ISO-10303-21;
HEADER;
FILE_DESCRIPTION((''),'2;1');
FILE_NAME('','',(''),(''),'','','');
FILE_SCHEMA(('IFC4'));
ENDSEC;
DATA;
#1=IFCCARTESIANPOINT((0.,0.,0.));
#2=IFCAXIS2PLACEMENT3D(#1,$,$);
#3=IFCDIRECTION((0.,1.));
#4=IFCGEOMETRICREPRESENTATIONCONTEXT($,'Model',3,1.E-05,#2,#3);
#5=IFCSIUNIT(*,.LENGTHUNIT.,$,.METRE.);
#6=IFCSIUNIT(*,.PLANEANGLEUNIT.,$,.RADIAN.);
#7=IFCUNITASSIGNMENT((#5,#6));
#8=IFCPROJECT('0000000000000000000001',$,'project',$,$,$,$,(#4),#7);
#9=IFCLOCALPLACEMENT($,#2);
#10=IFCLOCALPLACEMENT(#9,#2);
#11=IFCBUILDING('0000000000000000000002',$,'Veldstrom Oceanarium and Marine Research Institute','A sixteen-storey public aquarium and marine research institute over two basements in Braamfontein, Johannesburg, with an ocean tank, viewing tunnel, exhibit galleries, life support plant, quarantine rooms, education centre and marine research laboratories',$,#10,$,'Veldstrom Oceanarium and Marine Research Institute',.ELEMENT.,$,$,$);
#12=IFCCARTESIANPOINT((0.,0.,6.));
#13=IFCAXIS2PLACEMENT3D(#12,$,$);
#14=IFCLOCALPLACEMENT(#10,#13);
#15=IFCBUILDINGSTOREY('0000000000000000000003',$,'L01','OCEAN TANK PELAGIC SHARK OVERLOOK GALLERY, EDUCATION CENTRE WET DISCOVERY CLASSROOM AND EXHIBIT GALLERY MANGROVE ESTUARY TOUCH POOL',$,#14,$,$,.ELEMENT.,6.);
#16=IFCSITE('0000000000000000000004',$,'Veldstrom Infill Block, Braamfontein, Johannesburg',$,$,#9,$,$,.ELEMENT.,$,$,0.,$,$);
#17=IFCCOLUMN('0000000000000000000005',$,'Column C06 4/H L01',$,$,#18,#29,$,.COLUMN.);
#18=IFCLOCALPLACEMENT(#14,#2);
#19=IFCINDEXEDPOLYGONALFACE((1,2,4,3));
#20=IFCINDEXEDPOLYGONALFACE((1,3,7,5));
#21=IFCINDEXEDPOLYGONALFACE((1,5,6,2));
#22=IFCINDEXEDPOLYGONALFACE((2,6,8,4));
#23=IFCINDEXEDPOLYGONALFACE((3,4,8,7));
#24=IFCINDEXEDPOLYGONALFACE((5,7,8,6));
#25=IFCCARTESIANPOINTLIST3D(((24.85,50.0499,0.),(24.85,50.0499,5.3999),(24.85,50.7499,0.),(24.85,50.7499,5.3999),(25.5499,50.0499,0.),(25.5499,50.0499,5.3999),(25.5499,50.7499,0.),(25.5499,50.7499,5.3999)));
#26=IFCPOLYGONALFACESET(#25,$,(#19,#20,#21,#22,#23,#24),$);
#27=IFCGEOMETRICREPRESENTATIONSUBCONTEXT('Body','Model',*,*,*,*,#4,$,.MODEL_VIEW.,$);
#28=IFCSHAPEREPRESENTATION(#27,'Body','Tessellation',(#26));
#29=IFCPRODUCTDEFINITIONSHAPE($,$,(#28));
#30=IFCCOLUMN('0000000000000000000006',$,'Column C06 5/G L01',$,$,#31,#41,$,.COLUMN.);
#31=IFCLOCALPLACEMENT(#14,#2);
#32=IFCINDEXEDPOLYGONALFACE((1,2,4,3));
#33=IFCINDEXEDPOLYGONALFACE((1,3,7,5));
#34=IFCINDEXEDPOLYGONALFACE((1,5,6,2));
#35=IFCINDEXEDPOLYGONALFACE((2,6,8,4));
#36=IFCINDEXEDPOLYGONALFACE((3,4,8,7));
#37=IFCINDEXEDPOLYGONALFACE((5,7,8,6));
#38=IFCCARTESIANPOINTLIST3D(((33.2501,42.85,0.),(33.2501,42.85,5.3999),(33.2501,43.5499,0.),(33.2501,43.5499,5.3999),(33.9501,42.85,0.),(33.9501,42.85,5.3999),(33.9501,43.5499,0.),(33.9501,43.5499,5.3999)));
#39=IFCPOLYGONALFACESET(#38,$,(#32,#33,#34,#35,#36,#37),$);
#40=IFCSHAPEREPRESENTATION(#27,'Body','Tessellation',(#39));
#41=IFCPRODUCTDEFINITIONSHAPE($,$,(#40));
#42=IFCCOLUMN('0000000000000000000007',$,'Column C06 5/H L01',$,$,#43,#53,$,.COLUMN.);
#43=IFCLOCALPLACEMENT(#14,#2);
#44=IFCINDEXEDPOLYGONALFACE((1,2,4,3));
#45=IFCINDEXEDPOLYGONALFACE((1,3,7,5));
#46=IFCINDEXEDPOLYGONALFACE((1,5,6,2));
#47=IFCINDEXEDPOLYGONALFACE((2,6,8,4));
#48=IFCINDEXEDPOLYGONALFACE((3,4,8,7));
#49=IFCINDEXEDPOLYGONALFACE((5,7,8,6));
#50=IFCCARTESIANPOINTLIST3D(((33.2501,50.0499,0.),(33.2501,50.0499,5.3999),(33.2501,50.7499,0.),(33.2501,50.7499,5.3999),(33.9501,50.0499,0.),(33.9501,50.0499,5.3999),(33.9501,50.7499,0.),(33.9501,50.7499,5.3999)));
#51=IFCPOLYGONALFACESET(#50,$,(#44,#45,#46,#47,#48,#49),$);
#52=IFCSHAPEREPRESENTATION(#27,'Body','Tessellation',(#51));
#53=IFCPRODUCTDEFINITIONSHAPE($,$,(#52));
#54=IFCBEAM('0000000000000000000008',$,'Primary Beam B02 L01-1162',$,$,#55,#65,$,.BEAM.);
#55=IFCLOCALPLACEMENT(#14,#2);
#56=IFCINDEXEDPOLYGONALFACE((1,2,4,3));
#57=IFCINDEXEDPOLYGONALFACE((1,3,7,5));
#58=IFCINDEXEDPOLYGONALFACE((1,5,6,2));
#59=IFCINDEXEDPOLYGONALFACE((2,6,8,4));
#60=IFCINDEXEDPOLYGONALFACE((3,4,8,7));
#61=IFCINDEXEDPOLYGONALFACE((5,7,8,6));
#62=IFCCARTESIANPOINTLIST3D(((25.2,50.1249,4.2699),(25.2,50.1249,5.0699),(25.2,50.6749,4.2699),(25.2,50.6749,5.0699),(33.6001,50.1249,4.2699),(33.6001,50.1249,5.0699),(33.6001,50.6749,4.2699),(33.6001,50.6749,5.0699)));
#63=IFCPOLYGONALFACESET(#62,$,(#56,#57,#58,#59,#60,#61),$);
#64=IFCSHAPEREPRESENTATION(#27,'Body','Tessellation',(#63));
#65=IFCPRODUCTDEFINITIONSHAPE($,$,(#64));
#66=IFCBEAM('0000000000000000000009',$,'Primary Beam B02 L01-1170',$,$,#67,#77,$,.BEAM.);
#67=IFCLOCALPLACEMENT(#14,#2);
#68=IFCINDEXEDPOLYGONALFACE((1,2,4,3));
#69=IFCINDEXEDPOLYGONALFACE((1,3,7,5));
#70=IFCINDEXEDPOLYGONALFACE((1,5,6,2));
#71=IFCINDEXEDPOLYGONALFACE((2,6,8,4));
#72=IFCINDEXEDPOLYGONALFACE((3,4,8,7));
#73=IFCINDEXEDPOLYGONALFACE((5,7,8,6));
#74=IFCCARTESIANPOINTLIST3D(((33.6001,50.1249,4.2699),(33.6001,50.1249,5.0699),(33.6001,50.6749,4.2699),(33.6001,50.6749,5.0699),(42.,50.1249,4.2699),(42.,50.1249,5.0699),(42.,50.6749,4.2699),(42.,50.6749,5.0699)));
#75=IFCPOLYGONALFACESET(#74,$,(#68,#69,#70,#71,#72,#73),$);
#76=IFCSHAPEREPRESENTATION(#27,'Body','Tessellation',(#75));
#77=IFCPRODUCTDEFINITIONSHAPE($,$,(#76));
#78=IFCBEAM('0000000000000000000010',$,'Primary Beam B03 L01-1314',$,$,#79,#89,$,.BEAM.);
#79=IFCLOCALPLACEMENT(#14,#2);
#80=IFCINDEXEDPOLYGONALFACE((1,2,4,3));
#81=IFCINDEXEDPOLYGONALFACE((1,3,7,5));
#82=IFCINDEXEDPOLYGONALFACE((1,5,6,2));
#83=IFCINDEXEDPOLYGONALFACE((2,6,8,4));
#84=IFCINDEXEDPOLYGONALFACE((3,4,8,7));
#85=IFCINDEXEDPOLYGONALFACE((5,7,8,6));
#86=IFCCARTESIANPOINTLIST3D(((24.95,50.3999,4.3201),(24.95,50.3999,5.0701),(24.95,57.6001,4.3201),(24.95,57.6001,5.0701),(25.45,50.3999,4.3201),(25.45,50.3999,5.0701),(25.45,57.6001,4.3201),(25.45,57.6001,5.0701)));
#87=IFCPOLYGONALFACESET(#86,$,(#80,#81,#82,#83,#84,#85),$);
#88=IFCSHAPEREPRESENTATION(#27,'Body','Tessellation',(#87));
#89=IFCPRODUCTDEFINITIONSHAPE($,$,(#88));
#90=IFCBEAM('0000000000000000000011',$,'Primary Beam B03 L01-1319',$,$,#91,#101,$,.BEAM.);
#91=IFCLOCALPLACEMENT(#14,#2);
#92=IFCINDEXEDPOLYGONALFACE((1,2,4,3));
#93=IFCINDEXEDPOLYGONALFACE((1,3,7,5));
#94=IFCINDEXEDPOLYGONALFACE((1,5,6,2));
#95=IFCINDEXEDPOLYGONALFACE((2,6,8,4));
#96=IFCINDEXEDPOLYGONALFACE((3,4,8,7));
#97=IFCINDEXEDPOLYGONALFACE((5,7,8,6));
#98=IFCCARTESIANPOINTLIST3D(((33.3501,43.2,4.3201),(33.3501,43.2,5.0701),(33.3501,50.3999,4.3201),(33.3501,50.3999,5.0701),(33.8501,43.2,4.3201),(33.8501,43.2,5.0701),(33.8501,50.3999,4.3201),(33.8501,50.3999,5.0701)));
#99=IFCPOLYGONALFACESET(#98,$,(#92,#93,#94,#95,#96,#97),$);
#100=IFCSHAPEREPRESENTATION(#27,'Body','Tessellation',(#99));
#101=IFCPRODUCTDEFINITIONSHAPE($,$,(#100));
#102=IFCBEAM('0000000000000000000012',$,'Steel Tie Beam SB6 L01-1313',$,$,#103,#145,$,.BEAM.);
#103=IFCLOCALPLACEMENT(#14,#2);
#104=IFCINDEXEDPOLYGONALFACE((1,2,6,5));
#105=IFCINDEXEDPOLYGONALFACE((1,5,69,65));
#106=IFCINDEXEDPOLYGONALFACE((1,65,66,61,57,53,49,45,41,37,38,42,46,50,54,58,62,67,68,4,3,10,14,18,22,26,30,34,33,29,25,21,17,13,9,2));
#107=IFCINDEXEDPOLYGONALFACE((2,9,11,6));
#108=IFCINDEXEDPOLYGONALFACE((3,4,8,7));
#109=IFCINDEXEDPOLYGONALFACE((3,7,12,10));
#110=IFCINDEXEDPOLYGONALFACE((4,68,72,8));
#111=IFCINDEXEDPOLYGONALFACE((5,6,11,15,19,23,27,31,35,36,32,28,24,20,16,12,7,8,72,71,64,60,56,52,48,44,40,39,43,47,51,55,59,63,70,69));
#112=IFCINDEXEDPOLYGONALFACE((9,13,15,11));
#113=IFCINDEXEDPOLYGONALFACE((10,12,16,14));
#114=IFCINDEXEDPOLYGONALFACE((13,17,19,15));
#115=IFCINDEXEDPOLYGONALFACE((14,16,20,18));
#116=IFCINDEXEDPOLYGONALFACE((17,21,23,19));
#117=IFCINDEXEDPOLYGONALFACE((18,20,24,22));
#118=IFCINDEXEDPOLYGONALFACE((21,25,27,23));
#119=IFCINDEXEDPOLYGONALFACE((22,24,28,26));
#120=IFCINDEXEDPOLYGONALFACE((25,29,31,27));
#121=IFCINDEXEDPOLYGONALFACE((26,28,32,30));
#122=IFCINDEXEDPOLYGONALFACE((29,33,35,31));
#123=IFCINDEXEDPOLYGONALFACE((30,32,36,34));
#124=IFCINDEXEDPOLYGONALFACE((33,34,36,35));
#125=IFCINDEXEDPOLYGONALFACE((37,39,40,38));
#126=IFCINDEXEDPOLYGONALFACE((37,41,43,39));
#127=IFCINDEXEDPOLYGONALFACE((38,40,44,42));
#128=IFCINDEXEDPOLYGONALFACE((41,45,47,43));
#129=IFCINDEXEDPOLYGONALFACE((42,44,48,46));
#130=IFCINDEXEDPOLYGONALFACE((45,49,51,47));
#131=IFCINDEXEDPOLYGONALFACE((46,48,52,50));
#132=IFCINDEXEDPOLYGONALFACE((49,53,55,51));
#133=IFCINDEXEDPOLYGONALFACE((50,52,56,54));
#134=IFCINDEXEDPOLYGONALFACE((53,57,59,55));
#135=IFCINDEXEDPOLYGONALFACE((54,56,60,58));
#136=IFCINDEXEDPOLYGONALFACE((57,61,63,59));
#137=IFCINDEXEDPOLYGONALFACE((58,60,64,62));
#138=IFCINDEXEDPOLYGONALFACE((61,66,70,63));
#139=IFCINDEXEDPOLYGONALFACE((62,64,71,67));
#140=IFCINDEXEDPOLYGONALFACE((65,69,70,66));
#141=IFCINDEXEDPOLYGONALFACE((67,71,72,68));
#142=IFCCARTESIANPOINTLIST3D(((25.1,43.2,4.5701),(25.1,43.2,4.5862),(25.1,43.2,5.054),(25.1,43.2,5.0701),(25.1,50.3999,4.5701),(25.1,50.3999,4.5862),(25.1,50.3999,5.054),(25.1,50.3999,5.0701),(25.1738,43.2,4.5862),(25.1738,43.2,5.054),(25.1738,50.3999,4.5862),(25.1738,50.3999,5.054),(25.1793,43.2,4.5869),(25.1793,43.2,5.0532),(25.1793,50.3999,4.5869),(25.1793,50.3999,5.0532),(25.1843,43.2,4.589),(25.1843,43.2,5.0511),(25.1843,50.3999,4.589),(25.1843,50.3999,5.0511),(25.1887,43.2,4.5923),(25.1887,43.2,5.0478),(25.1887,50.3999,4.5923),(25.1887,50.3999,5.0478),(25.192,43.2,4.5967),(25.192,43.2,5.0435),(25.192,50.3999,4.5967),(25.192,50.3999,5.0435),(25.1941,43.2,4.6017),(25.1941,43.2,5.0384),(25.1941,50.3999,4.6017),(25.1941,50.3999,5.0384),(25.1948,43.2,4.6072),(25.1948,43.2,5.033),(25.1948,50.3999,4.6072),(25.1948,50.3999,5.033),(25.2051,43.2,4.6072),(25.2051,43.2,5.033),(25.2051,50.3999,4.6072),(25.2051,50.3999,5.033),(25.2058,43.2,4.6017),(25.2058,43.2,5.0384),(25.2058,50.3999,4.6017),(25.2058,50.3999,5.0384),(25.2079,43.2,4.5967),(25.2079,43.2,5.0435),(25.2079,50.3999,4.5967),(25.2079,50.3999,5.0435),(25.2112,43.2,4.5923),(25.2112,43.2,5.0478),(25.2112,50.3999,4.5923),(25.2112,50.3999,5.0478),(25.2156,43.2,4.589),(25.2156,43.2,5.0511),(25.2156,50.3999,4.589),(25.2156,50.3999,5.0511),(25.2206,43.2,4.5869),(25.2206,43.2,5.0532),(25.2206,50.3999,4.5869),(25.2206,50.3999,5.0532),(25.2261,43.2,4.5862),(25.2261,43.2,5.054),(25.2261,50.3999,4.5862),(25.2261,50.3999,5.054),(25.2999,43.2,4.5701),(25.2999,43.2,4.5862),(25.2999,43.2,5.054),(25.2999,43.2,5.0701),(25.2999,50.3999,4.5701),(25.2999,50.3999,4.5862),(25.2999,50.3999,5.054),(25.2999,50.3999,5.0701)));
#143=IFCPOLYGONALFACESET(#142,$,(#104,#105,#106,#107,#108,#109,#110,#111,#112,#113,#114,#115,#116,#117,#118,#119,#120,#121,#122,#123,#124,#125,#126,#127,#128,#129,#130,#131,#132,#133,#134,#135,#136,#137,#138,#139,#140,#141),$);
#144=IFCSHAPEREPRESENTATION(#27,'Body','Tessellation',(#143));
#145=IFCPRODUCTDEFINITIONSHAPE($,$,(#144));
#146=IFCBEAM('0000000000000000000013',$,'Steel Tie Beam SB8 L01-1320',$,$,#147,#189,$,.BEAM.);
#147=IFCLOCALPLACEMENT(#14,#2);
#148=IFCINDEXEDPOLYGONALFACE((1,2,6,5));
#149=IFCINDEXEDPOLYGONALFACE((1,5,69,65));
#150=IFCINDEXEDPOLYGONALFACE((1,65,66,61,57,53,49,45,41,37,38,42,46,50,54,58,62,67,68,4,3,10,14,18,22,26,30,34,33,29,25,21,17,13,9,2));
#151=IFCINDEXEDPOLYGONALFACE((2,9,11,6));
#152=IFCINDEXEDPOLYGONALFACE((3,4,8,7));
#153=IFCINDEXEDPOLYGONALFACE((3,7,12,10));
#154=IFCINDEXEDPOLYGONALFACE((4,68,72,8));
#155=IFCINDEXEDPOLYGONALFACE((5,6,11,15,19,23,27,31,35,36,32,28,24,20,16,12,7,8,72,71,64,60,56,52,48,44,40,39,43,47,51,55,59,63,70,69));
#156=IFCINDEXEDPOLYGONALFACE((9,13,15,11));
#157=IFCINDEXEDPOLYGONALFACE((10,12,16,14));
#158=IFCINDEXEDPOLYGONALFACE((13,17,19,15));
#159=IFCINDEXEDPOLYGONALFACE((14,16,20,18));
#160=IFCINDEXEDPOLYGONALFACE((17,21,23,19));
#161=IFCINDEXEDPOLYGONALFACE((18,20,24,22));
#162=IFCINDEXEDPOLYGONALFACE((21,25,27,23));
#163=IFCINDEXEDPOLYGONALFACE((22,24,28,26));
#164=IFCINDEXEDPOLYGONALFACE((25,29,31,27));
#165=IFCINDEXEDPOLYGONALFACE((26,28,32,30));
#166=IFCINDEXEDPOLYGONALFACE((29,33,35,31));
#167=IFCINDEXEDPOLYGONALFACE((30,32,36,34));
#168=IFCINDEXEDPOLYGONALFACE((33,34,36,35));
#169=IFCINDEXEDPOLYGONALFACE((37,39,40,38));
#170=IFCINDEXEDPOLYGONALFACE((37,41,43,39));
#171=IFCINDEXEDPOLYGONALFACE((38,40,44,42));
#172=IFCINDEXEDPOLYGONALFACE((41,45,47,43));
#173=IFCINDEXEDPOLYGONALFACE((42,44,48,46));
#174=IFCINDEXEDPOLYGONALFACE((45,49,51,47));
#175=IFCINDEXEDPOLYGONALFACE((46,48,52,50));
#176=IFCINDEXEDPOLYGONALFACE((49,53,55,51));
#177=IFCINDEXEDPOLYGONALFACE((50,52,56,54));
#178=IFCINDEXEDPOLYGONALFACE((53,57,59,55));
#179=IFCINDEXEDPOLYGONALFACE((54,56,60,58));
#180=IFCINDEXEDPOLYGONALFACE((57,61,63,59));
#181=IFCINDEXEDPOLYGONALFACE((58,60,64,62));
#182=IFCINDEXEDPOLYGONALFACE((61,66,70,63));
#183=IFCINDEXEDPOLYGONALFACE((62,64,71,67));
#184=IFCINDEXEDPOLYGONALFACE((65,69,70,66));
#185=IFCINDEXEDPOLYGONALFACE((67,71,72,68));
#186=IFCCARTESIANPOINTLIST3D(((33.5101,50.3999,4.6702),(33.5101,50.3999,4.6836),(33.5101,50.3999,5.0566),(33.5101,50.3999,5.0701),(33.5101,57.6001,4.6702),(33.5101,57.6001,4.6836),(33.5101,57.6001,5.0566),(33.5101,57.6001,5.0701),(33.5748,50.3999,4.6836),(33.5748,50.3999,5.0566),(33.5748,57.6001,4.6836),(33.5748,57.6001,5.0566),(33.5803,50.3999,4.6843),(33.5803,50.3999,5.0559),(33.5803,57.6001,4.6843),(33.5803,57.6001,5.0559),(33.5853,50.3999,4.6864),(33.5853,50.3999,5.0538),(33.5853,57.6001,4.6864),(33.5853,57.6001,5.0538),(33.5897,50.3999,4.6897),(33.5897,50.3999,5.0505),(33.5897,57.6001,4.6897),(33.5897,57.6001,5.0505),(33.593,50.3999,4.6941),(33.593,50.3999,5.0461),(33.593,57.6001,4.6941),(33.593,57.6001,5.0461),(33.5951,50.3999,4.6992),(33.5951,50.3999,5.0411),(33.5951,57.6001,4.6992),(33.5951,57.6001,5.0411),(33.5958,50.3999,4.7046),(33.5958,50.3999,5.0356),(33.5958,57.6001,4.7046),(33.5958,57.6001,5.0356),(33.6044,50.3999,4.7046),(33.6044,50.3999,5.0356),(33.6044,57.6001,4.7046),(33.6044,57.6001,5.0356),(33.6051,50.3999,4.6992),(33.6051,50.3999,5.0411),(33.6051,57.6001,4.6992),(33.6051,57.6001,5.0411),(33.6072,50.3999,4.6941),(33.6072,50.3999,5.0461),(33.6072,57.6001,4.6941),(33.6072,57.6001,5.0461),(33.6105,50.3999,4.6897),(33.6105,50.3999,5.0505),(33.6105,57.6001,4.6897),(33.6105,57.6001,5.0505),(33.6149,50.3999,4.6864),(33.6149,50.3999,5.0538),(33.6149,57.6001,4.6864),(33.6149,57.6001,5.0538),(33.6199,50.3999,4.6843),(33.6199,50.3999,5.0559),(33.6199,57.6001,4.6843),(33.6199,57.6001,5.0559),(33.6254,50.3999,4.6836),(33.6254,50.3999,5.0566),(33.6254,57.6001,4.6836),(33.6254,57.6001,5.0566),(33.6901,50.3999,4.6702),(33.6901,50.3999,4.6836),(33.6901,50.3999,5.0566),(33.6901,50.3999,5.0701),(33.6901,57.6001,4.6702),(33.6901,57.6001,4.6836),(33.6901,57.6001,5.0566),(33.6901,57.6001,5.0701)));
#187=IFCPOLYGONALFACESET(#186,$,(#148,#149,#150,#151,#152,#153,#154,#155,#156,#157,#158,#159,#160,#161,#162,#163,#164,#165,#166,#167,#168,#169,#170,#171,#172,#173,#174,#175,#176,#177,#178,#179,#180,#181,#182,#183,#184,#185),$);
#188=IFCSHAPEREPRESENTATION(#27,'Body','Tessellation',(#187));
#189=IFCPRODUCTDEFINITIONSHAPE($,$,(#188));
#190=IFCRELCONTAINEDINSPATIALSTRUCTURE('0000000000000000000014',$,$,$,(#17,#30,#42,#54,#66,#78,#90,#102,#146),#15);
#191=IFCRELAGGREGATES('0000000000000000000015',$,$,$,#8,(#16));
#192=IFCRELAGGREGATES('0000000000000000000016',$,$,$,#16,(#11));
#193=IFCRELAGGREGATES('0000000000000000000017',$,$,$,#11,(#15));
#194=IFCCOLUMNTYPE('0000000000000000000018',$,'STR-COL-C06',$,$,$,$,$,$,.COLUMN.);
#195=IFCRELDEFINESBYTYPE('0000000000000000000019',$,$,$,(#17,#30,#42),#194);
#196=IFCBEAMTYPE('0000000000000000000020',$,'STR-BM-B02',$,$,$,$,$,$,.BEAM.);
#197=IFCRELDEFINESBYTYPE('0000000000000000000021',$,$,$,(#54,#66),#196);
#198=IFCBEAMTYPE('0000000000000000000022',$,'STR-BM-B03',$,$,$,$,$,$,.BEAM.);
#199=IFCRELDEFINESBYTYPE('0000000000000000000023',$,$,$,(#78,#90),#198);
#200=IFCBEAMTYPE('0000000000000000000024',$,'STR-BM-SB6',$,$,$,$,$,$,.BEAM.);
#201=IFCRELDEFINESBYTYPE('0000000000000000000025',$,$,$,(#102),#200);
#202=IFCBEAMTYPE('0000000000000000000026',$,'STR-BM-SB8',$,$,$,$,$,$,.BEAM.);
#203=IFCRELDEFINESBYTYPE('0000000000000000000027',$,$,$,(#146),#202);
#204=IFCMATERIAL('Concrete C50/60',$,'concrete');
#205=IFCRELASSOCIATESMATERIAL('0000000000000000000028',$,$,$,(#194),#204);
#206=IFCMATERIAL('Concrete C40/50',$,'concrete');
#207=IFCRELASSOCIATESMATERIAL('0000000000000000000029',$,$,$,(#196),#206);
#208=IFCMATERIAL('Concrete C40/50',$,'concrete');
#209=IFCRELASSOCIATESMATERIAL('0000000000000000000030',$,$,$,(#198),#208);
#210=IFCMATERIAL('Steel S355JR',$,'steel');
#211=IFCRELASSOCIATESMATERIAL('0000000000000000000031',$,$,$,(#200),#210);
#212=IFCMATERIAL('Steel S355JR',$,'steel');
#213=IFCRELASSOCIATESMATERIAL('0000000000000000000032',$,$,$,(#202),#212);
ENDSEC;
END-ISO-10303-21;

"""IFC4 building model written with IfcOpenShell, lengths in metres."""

from ifc_helpers import new_model, si_unit, direction, frame, origin, origin_2d, place, context, subcontext, project, spatial, rectangle, i_section, extrude, material, material_profile, profile_set, type_object, element, save


model = new_model("IFC4")

# Units and contexts
model_context = context("Model", 3, precision=1e-05, world=origin(), true_north=direction((0.0, 1.0)))
body_context = subcontext(model_context, "Body", "Model", "MODEL_VIEW")
ifc_project = project(units=[si_unit("LENGTHUNIT", "METRE"), si_unit("PLANEANGLEUNIT", "RADIAN")], contexts=[model_context])

# Site, building, storey
site_placement = place(None, origin())
site = spatial("IfcSite", under=ifc_project, at=site_placement, Name="Veldstrom Infill Block, Braamfontein, Johannesburg", CompositionType="ELEMENT", RefElevation=0.0)
building_placement = place(site_placement, origin())
building = spatial("IfcBuilding", under=site, at=building_placement, Name="Veldstrom Oceanarium and Marine Research Institute", Description="A sixteen-storey public aquarium and marine research institute over two basements in Braamfontein, Johannesburg, with an ocean tank, viewing tunnel, exhibit galleries, life support plant, quarantine rooms, education centre and marine research laboratories", LongName="Veldstrom Oceanarium and Marine Research Institute", CompositionType="ELEMENT")
storey_placement = place(building_placement, frame((0.0, 0.0, 6.0)))
storey = spatial("IfcBuildingStorey", under=building, at=storey_placement, Name="L01", Description="OCEAN TANK PELAGIC SHARK OVERLOOK GALLERY, EDUCATION CENTRE WET DISCOVERY CLASSROOM AND EXHIBIT GALLERY MANGROVE ESTUARY TOUCH POOL", CompositionType="ELEMENT", Elevation=6.0)

# Columns
ifc_material_1 = material(Name="Concrete C50/60", Category="concrete")
ifc_material_profile_1 = material_profile(ifc_material_1, rectangle(XDim=0.7, YDim=0.7, at=origin_2d()), Name="RC-COL-700x700")
ifc_profile_set_1 = profile_set([ifc_material_profile_1], Name="Concrete C50/60")
column_type = type_object("IfcColumnType", Name="STR-COL-C06", PredefinedType="COLUMN", material=ifc_profile_set_1)
for number, where, z_axis, x_axis, name in (
    (1, (25.2, 50.3999, 0.0), (0.0, 0.0, 1.0), (1.0, 0.0, 0.0), "Column C06 4/H L01"),
    (2, (33.6001, 43.2, 0.0), (0.0, 0.0, 1.0), (1.0, 0.0, 0.0), "Column C06 5/G L01"),
    (3, (33.6001, 50.3999, 0.0), (0.0, 0.0, 1.0), (1.0, 0.0, 0.0), "Column C06 5/H L01"),
):
    element("IfcColumn", number, at=place(storey_placement, frame(where, z_axis=z_axis, x_axis=x_axis)), inside=storey, type_object=column_type, Name=name, PredefinedType="COLUMN", context=body_context, shape_type="SweptSolid", body=[
        extrude(rectangle(XDim=0.7, YDim=0.7, at=origin_2d()), origin(), (0.0, 0.0, 1.0), 5.3999),
    ])

# Beams
ifc_material_2 = material(Name="Concrete C40/50", Category="concrete")
ifc_material_profile_2 = material_profile(ifc_material_2, rectangle(XDim=0.55, YDim=0.8, at=origin_2d()), Name="RC-BM-550x800")
ifc_profile_set_2 = profile_set([ifc_material_profile_2], Name="Concrete C40/50")
beam_type_1 = type_object("IfcBeamType", Name="STR-BM-B02", PredefinedType="BEAM", material=ifc_profile_set_2)
beam_1_placement = place(storey_placement, frame((25.2, 50.3999, 4.6699), z_axis=(1.0, 0.0, 0.0), x_axis=(0.0, 1.0, 0.0)))
element("IfcBeam", 4, at=beam_1_placement, inside=storey, type_object=beam_type_1, Name="Primary Beam B02 L01-1162", PredefinedType="BEAM", context=body_context, shape_type="SweptSolid", body=[
    extrude(rectangle(XDim=0.55, YDim=0.8, at=origin_2d()), origin(), (0.0, 0.0, 1.0), 8.4001),
])
beam_2_placement = place(storey_placement, frame((33.6001, 50.3999, 4.6699), z_axis=(1.0, 0.0, 0.0), x_axis=(0.0, 1.0, 0.0)))
element("IfcBeam", 5, at=beam_2_placement, inside=storey, type_object=beam_type_1, Name="Primary Beam B02 L01-1170", PredefinedType="BEAM", context=body_context, shape_type="SweptSolid", body=[
    extrude(rectangle(XDim=0.55, YDim=0.8, at=origin_2d()), origin(), (0.0, 0.0, 1.0), 8.3999),
])
ifc_material_3 = material(Name="Concrete C40/50", Category="concrete")
ifc_material_profile_3 = material_profile(ifc_material_3, rectangle(XDim=0.5, YDim=0.75, at=origin_2d()), Name="RC-BM-500x750")
ifc_profile_set_3 = profile_set([ifc_material_profile_3], Name="Concrete C40/50")
beam_type_2 = type_object("IfcBeamType", Name="STR-BM-B03", PredefinedType="BEAM", material=ifc_profile_set_3)
beam_3_placement = place(storey_placement, frame((25.2, 50.3999, 4.6951), z_axis=(0.0, 1.0, 0.0), x_axis=(-1.0, 0.0, 0.0)))
element("IfcBeam", 6, at=beam_3_placement, inside=storey, type_object=beam_type_2, Name="Primary Beam B03 L01-1314", PredefinedType="BEAM", context=body_context, shape_type="SweptSolid", body=[
    extrude(rectangle(XDim=0.5, YDim=0.75, at=origin_2d()), origin(), (0.0, 0.0, 1.0), 7.2002),
])
beam_4_placement = place(storey_placement, frame((33.6001, 43.2, 4.6951), z_axis=(0.0, 1.0, 0.0), x_axis=(-1.0, 0.0, 0.0)))
element("IfcBeam", 7, at=beam_4_placement, inside=storey, type_object=beam_type_2, Name="Primary Beam B03 L01-1319", PredefinedType="BEAM", context=body_context, shape_type="SweptSolid", body=[
    extrude(rectangle(XDim=0.5, YDim=0.75, at=origin_2d()), origin(), (0.0, 0.0, 1.0), 7.2),
])
ifc_material_4 = material(Name="Steel S355JR", Category="steel")
ifc_material_profile_4 = material_profile(ifc_material_4, i_section(OverallWidth=0.2, OverallDepth=0.5, WebThickness=0.0103, FlangeThickness=0.0161, FilletRadius=0.021, at=origin_2d()), Name="IPE 500")
ifc_profile_set_4 = profile_set([ifc_material_profile_4], Name="Steel S355JR")
beam_type_3 = type_object("IfcBeamType", Name="STR-BM-SB6", PredefinedType="BEAM", material=ifc_profile_set_4)
beam_5_placement = place(storey_placement, frame((25.2, 43.2, 4.8201), z_axis=(0.0, 1.0, 0.0), x_axis=(-1.0, 0.0, 0.0)))
element("IfcBeam", 8, at=beam_5_placement, inside=storey, type_object=beam_type_3, Name="Steel Tie Beam SB6 L01-1313", PredefinedType="BEAM", context=body_context, shape_type="SweptSolid", body=[
    extrude(i_section(OverallWidth=0.2, OverallDepth=0.5, WebThickness=0.0103, FlangeThickness=0.0161, FilletRadius=0.021, at=origin_2d()), origin(), (0.0, 0.0, 1.0), 7.2),
])
ifc_material_5 = material(Name="Steel S355JR", Category="steel")
ifc_material_profile_5 = material_profile(ifc_material_5, i_section(OverallWidth=0.1799, OverallDepth=0.3999, WebThickness=0.0085, FlangeThickness=0.0134, FilletRadius=0.021, at=origin_2d()), Name="IPE 400")
ifc_profile_set_5 = profile_set([ifc_material_profile_5], Name="Steel S355JR")
beam_type_4 = type_object("IfcBeamType", Name="STR-BM-SB8", PredefinedType="BEAM", material=ifc_profile_set_5)
beam_6_placement = place(storey_placement, frame((33.6001, 50.3999, 4.8701), z_axis=(0.0, 1.0, 0.0), x_axis=(-1.0, 0.0, 0.0)))
element("IfcBeam", 9, at=beam_6_placement, inside=storey, type_object=beam_type_4, Name="Steel Tie Beam SB8 L01-1320", PredefinedType="BEAM", context=body_context, shape_type="SweptSolid", body=[
    extrude(i_section(OverallWidth=0.1799, OverallDepth=0.3999, WebThickness=0.0085, FlangeThickness=0.0134, FilletRadius=0.021, at=origin_2d()), origin(), (0.0, 0.0, 1.0), 7.2002),
])

save(model, "model.ifc")
